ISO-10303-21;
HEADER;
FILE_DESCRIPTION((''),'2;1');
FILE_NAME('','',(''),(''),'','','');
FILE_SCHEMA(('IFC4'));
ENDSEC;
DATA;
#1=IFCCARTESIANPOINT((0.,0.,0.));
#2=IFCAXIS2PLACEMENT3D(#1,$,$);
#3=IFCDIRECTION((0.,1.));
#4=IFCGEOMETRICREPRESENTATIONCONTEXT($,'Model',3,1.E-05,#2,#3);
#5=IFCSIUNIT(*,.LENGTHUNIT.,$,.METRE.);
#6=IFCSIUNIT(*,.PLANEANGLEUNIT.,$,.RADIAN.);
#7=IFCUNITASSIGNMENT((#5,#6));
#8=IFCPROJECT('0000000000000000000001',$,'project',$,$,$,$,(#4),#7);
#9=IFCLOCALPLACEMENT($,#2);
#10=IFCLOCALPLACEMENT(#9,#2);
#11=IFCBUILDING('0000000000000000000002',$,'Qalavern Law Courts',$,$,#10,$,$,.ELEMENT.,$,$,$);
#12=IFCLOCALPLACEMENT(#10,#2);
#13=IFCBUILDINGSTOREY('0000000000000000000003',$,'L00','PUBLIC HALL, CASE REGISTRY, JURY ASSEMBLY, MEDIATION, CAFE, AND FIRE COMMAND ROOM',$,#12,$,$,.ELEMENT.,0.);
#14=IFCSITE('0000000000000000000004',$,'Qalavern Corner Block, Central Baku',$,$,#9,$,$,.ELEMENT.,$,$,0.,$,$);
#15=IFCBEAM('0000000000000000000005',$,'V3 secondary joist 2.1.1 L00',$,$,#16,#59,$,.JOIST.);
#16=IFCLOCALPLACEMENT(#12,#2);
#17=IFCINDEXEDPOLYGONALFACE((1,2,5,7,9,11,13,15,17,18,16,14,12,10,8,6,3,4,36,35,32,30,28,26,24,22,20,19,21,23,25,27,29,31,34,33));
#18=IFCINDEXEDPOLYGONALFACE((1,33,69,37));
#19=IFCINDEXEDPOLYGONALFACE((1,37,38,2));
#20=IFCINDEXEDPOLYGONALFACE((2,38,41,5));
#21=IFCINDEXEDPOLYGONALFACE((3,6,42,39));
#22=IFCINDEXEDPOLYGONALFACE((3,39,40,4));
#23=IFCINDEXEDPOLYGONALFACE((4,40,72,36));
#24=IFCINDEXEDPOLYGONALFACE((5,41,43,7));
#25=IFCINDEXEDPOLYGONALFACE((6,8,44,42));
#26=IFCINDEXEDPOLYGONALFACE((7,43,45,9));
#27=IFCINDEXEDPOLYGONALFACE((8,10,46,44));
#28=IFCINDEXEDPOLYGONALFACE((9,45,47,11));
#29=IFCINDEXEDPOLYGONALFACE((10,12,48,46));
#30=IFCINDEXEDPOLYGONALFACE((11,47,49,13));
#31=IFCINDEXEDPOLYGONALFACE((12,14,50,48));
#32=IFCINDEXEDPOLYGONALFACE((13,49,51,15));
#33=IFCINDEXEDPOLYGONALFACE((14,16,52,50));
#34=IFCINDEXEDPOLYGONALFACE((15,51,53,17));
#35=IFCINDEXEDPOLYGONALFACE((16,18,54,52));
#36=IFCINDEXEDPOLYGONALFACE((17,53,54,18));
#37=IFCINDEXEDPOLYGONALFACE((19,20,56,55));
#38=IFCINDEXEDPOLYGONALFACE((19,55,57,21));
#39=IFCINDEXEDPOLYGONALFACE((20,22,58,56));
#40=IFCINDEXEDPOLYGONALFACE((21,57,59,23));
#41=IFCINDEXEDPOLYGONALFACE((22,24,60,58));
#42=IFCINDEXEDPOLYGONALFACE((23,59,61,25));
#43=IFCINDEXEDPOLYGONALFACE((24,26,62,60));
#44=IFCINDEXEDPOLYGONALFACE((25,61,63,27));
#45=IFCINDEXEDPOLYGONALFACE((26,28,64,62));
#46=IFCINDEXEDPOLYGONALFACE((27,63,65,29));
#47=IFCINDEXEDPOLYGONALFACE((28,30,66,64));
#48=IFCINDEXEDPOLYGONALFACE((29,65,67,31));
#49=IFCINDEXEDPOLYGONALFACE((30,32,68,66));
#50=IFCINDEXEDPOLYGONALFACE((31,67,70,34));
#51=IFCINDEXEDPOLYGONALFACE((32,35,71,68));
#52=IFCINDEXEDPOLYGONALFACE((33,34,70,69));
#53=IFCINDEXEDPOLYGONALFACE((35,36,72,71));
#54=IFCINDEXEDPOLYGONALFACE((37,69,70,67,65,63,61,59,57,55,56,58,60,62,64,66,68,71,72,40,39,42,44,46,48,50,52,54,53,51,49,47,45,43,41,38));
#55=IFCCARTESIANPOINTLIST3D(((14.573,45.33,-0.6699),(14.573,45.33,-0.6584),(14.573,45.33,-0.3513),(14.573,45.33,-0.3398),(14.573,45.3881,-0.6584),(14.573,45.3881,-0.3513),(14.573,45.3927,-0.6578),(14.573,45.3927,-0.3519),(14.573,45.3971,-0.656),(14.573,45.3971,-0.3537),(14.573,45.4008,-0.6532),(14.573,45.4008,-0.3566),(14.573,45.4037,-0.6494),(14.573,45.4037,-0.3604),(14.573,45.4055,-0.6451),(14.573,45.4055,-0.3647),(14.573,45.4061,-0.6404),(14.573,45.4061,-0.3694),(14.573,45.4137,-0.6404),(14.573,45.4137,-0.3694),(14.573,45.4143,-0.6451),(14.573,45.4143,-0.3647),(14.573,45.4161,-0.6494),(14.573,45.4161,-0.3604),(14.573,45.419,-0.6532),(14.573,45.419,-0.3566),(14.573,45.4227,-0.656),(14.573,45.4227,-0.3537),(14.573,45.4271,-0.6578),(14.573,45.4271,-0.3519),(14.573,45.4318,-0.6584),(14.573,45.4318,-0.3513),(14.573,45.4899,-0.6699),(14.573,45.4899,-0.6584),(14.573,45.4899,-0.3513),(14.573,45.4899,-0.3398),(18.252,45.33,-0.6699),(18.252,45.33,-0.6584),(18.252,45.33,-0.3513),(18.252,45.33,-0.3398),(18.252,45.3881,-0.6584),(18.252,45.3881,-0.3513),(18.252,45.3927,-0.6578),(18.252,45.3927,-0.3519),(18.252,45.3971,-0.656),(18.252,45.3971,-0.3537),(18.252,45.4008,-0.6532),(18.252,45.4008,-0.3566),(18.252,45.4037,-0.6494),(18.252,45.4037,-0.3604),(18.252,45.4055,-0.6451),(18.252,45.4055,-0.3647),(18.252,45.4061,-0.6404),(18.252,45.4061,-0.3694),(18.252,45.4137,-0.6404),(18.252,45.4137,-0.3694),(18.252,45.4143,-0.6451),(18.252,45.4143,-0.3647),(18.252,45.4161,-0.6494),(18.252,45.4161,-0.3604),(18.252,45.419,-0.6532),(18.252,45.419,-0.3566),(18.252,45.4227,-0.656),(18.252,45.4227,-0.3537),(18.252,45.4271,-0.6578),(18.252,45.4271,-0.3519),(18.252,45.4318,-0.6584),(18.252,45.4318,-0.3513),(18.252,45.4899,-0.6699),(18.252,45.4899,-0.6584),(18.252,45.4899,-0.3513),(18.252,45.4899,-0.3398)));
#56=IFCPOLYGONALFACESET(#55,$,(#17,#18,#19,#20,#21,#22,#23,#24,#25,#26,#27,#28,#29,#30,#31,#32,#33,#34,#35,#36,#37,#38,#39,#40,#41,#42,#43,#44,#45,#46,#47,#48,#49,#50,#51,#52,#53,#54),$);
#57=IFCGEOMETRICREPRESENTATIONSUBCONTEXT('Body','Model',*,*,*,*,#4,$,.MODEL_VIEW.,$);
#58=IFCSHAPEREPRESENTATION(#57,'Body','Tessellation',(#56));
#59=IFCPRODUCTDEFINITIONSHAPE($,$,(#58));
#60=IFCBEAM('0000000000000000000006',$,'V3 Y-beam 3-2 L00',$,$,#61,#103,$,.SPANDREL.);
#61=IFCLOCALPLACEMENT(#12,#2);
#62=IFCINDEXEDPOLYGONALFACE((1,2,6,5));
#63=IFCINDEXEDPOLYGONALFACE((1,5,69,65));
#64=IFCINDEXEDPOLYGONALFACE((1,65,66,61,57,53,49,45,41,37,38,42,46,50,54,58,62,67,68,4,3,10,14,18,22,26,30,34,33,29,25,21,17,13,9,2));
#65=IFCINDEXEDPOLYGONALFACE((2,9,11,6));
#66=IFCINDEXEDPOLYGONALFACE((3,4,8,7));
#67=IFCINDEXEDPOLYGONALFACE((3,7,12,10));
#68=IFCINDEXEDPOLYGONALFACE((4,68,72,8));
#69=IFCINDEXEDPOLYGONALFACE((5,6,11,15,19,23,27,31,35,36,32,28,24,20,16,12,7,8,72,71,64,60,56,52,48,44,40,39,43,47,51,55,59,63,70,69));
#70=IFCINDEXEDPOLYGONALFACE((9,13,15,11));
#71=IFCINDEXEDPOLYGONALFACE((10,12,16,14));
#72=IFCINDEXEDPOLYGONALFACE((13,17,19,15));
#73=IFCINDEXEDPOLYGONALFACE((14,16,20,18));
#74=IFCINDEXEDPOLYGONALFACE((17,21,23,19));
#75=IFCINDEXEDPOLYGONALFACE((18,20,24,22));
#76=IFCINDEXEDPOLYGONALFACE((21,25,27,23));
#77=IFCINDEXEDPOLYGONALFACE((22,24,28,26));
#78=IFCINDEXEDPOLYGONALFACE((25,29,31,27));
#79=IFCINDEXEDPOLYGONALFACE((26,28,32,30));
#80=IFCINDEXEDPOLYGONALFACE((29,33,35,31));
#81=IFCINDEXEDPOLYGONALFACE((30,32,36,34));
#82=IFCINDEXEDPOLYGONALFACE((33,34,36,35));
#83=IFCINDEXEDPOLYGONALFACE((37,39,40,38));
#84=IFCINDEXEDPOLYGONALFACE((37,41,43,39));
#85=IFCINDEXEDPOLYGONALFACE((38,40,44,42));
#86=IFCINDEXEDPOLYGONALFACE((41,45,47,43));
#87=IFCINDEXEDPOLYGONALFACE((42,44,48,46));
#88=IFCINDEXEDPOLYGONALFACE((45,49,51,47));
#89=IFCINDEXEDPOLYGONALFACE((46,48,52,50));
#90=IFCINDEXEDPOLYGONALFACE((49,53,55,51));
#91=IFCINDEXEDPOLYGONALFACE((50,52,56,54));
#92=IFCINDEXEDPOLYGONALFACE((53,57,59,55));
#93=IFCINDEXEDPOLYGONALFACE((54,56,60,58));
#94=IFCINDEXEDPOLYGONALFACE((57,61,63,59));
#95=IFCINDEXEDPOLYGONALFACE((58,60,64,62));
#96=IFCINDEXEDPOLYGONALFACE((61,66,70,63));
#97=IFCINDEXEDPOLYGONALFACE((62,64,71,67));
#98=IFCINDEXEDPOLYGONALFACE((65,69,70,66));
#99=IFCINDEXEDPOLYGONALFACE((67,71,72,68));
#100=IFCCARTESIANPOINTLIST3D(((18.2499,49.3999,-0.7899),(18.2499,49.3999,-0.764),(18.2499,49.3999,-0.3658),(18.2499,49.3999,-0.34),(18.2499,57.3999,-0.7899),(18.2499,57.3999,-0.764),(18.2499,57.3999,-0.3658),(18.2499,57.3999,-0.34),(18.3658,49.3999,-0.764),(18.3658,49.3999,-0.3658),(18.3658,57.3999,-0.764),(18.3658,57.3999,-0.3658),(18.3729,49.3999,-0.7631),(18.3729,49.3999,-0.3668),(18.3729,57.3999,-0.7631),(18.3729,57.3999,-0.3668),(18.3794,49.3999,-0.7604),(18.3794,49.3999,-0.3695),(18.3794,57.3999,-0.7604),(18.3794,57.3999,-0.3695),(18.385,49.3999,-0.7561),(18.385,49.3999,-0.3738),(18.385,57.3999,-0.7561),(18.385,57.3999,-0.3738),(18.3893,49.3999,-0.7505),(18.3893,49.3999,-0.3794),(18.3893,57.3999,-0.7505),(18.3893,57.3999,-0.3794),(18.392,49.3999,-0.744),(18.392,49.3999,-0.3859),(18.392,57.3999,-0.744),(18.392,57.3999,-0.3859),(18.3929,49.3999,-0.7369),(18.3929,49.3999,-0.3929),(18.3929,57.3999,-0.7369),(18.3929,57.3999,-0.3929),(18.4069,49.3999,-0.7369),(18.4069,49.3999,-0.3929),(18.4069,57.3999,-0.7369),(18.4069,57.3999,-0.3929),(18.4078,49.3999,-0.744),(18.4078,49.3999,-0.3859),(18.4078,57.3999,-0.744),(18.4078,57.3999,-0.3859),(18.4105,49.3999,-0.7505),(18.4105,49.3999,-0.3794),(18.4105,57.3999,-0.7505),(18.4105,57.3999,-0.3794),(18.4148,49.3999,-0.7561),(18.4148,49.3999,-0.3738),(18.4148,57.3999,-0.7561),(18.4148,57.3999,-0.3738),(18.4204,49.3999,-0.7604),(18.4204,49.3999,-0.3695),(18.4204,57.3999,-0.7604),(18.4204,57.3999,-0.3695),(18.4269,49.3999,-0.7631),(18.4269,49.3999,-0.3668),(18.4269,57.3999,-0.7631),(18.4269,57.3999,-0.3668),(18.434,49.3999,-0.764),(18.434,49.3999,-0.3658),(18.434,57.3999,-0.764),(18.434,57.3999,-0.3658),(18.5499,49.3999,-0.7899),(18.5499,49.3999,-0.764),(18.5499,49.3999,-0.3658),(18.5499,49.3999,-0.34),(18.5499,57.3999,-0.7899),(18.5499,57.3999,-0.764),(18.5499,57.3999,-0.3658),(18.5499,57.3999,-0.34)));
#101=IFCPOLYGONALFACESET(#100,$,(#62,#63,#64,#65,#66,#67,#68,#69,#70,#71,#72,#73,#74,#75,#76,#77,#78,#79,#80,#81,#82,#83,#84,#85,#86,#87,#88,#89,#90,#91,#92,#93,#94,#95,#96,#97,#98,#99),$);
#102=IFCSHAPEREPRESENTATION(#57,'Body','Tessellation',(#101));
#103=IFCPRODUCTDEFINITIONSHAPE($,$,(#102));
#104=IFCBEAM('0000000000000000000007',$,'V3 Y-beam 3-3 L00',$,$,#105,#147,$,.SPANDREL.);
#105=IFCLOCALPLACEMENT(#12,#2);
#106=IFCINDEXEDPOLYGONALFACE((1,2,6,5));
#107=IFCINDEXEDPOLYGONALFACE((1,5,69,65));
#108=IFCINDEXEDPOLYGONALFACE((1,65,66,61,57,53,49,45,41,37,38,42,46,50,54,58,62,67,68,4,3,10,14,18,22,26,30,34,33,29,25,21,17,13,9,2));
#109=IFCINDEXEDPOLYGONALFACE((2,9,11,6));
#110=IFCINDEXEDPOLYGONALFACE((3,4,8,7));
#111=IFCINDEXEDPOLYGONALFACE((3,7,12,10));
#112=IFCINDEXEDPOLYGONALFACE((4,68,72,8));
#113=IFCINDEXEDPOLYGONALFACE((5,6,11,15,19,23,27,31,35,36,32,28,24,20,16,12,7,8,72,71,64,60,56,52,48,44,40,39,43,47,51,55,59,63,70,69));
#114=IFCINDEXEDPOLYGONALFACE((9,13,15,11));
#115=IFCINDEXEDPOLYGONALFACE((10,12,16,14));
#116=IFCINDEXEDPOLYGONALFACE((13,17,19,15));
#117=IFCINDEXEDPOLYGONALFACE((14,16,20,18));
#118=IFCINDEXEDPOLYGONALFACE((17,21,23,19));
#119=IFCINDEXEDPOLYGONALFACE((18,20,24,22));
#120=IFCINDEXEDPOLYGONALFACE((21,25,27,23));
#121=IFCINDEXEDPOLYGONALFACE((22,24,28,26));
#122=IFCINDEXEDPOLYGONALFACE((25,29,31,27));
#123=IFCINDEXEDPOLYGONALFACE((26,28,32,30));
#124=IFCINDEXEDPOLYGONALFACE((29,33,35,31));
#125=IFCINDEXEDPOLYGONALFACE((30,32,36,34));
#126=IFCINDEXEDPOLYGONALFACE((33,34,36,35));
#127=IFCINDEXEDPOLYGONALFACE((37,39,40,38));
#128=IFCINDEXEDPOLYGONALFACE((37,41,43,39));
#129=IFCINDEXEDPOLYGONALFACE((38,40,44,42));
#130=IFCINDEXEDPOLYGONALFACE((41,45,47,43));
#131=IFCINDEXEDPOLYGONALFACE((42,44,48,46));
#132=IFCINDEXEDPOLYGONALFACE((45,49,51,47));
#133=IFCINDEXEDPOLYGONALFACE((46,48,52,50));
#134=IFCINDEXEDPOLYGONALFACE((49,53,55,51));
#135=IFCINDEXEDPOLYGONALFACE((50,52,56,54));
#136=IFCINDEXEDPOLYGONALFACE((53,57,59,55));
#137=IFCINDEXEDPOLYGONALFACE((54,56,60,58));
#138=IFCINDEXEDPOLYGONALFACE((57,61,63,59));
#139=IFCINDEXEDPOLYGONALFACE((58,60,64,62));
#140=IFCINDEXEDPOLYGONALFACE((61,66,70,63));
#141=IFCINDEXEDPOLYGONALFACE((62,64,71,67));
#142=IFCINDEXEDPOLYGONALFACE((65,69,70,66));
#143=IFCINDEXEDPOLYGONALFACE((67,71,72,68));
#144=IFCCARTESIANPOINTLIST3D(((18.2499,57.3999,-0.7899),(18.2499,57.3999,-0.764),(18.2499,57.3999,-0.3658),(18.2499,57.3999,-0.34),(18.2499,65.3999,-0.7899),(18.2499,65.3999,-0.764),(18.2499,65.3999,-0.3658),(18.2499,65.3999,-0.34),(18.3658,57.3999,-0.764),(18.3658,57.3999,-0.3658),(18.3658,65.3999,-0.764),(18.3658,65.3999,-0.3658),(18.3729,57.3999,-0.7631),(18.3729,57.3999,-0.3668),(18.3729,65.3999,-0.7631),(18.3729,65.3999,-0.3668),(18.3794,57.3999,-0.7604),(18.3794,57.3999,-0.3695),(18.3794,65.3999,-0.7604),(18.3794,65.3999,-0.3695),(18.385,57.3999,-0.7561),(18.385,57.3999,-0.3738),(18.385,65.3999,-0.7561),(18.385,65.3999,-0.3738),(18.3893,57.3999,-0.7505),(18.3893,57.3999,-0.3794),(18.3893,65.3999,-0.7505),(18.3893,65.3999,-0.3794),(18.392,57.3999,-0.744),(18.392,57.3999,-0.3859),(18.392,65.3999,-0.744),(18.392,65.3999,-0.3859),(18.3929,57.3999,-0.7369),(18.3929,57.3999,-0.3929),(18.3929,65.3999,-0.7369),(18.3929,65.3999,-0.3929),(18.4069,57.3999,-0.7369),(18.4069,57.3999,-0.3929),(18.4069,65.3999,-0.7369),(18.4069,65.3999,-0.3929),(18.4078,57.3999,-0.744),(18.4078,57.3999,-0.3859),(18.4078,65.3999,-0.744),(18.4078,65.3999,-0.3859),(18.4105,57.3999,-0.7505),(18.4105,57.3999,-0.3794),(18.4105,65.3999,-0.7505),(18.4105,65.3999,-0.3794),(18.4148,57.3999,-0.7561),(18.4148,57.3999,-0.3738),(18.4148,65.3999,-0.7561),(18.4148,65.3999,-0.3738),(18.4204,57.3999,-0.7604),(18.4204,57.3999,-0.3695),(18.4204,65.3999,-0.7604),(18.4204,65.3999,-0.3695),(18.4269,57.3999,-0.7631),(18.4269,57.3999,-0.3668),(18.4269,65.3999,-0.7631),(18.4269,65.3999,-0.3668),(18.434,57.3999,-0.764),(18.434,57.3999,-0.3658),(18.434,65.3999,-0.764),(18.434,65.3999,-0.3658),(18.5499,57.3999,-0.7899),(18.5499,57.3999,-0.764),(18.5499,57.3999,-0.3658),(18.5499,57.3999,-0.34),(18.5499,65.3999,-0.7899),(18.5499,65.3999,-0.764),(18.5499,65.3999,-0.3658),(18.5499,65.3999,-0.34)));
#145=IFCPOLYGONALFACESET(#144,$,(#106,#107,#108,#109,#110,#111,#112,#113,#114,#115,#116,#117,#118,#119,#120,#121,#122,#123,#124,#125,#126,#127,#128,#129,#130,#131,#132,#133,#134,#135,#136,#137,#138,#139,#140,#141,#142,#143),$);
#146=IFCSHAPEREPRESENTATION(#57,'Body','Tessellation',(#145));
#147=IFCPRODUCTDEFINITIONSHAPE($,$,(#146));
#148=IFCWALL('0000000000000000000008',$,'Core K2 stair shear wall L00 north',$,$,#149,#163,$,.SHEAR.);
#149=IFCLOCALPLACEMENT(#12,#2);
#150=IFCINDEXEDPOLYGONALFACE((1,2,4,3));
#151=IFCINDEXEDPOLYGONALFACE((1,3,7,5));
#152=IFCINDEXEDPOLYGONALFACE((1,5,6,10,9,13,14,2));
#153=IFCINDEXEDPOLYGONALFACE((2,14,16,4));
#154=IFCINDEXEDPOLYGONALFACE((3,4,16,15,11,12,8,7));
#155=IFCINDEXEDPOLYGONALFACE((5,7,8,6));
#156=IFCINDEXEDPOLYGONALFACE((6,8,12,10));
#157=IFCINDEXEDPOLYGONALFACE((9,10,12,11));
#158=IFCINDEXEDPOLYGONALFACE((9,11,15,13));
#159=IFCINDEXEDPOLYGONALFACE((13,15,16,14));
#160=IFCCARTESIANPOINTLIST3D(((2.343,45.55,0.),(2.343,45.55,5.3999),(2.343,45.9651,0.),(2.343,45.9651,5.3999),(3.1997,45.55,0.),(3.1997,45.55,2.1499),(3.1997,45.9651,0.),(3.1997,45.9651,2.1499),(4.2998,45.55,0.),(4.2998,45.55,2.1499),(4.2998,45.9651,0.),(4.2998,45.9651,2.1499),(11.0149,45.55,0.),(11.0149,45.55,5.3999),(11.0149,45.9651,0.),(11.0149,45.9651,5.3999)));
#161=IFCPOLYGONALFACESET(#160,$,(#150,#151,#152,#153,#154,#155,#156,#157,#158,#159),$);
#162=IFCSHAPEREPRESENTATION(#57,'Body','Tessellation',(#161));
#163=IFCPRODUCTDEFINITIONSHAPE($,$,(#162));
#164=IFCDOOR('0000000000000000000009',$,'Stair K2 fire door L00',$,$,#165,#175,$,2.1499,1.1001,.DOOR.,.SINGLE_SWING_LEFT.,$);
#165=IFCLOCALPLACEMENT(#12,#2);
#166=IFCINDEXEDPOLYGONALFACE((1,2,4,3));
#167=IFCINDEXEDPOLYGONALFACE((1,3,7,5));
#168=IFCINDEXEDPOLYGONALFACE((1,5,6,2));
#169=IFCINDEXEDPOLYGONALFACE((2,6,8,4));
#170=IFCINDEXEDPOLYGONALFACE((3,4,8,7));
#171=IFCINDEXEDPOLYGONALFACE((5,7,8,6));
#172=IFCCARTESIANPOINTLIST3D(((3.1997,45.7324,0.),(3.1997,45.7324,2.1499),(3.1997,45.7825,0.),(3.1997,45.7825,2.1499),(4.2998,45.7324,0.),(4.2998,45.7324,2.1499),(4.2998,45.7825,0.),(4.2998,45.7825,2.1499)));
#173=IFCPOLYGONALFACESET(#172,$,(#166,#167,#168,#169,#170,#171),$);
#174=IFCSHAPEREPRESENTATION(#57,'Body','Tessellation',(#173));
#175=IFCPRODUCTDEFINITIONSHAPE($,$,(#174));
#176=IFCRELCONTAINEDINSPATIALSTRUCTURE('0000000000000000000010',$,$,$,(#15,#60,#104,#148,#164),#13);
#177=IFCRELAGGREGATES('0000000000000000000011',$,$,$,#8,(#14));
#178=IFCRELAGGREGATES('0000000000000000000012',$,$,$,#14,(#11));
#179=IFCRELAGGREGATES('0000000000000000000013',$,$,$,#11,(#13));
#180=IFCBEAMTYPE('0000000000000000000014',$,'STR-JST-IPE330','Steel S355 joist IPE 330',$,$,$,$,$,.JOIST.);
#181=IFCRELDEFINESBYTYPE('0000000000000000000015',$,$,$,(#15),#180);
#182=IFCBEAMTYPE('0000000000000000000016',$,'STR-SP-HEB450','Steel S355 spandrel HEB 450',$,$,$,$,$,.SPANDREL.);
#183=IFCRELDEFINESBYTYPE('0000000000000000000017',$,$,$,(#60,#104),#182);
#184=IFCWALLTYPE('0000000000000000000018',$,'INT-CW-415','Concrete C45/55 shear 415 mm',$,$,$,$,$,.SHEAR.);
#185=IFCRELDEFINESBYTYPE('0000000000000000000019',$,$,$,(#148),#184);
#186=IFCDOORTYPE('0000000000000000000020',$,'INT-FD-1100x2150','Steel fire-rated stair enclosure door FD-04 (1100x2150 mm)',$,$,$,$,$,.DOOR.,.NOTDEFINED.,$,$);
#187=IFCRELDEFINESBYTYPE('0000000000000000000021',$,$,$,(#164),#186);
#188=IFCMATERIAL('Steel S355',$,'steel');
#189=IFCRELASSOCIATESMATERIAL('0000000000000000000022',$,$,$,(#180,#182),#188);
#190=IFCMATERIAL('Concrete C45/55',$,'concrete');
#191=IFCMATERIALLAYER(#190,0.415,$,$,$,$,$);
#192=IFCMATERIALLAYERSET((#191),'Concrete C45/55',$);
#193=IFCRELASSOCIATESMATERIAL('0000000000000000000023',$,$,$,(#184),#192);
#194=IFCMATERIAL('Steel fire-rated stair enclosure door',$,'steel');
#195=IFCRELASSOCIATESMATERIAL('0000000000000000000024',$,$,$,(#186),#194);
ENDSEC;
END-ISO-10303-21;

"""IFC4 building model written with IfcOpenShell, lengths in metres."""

from ifc_helpers import new_model, si_unit, direction, frame, frame_2d, origin, origin_2d, place, context, subcontext, project, spatial, rectangle, i_section, extrude, material, layer, layer_set, material_profile, profile_set, type_object, element, fill, save


model = new_model("IFC4")

# Units and contexts
model_context = context("Model", 3, precision=1e-05, world=origin(), true_north=direction((0.0, 1.0)))
body_context = subcontext(model_context, "Body", "Model", "MODEL_VIEW")
ifc_project = project(units=[si_unit("LENGTHUNIT", "METRE"), si_unit("PLANEANGLEUNIT", "RADIAN")], contexts=[model_context])

# Site, building, storey
site_placement = place(None, origin())
site = spatial("IfcSite", under=ifc_project, at=site_placement, Name="Qalavern Corner Block, Central Baku", CompositionType="ELEMENT", RefElevation=0.0)
building_placement = place(site_placement, origin())
building = spatial("IfcBuilding", under=site, at=building_placement, Name="Qalavern Law Courts", CompositionType="ELEMENT")
storey_placement = place(building_placement, origin())
storey = spatial("IfcBuildingStorey", under=building, at=storey_placement, Name="L00", Description="PUBLIC HALL, CASE REGISTRY, JURY ASSEMBLY, MEDIATION, CAFE, AND FIRE COMMAND ROOM", CompositionType="ELEMENT", Elevation=0.0)

# Shared definitions
ifc_material_1 = material(Name="Concrete C45/55", Category="concrete")

# Beams
ifc_material_2 = material(Name="Steel S355", Category="steel")
ifc_material_profile_1 = material_profile(ifc_material_2, i_section(OverallWidth=0.1599, OverallDepth=0.3301, WebThickness=0.0076, FlangeThickness=0.0115, FilletRadius=0.0181, at=origin_2d()), Name="IPE 330")
ifc_profile_set_1 = profile_set([ifc_material_profile_1], Name="Steel S355")
beam_type_1 = type_object("IfcBeamType", Name="STR-JST-IPE330", Description="Steel S355 joist IPE 330", PredefinedType="JOIST", material=ifc_profile_set_1)
beam_1_placement = place(storey_placement, frame((14.573, 45.4099, -0.5049), z_axis=(1.0, 0.0, 0.0), x_axis=(0.0, 1.0, 0.0)))
element("IfcBeam", 1, at=beam_1_placement, inside=storey, type_object=beam_type_1, Name="V3 secondary joist 2.1.1 L00", PredefinedType="JOIST", context=body_context, shape_type="SweptSolid", body=[
    extrude(i_section(OverallWidth=0.1599, OverallDepth=0.3301, WebThickness=0.0076, FlangeThickness=0.0115, FilletRadius=0.0181, at=origin_2d()), origin(), (0.0, 0.0, 1.0), 3.679),
])
ifc_material_profile_2 = material_profile(ifc_material_2, i_section(OverallWidth=0.3, OverallDepth=0.45, WebThickness=0.0139, FlangeThickness=0.0259, FilletRadius=0.0271, at=origin_2d()), Name="HEB 450")
ifc_profile_set_2 = profile_set([ifc_material_profile_2], Name="Steel S355")
beam_type_2 = type_object("IfcBeamType", Name="STR-SP-HEB450", Description="Steel S355 spandrel HEB 450", PredefinedType="SPANDREL", material=ifc_profile_set_2)
for number, where, z_axis, x_axis, name in (
    (2, (18.3999, 49.3999, -0.5649), (0.0, 1.0, 0.0), (-1.0, 0.0, 0.0), "V3 Y-beam 3-2 L00"),
    (3, (18.3999, 57.3999, -0.5649), (0.0, 1.0, 0.0), (-1.0, 0.0, 0.0), "V3 Y-beam 3-3 L00"),
):
    element("IfcBeam", number, at=place(storey_placement, frame(where, z_axis=z_axis, x_axis=x_axis)), inside=storey, type_object=beam_type_2, Name=name, PredefinedType="SPANDREL", context=body_context, shape_type="SweptSolid", body=[
        extrude(i_section(OverallWidth=0.3, OverallDepth=0.45, WebThickness=0.0139, FlangeThickness=0.0259, FilletRadius=0.0271, at=origin_2d()), origin(), (0.0, 0.0, 1.0), 8.0),
    ])

# Wall, opening, door
ifc_layer_1 = layer(ifc_material_1, 0.415)
ifc_layer_set_1 = layer_set([ifc_layer_1], Name="Concrete C45/55")
wall_type_1 = type_object("IfcWallType", Name="INT-CW-415", Description="Concrete C45/55 shear 415 mm", PredefinedType="SHEAR", material=ifc_layer_set_1)
wall_1_placement = place(storey_placement, frame((11.0149, 45.7576, 0.0), z_axis=(0.0, 0.0, 1.0), x_axis=(-1.0, 0.0, 0.0)))
wall_1 = element("IfcWall", 4, at=wall_1_placement, inside=storey, type_object=wall_type_1, Name="Core K2 stair shear wall L00 north", PredefinedType="SHEAR", context=body_context, shape_type="SweptSolid", body=[
    extrude(rectangle(XDim=8.6719, YDim=0.415, at=frame_2d((4.3359, 0.0))), origin(), (0.0, 0.0, 1.0), 5.3999),
])
opening_1_placement = place(wall_1_placement, frame((6.7151, 0.0, 0.0)))
opening_1 = element("IfcOpeningElement", 5, at=opening_1_placement, cuts=wall_1, PredefinedType="OPENING", context=body_context, shape_type="SweptSolid", body=[
    extrude(rectangle(XDim=1.1001, YDim=2.1499, at=frame_2d((0.55, 1.075))), frame((0.0, 0.2224, 0.0), z_axis=(0.0, -1.0, 0.0), x_axis=(1.0, 0.0, 0.0)), (0.0, 0.0, 1.0), 0.4448),
])
ifc_material_3 = material(Name="Steel fire-rated stair enclosure door", Category="steel")
door_type_1 = type_object("IfcDoorType", Name="INT-FD-1100x2150", Description="Steel fire-rated stair enclosure door FD-04 (1100x2150 mm)", OperationType="NOTDEFINED", PredefinedType="DOOR", material=ifc_material_3)
door_1_placement = place(opening_1_placement, frame((1.1001, 0.0, 0.0), z_axis=(0.0, 0.0, 1.0), x_axis=(-1.0, 0.0, 0.0)))
door_1 = element("IfcDoor", 6, at=door_1_placement, inside=storey, type_object=door_type_1, Name="Stair K2 fire door L00", OperationType="SINGLE_SWING_LEFT", OverallHeight=2.1499, OverallWidth=1.1001, PredefinedType="DOOR", context=body_context, shape_type="SweptSolid", body=[
    extrude(rectangle(XDim=1.1001, YDim=2.1499, at=frame_2d((0.55, 1.075))), frame((0.0, 0.0249, 0.0), z_axis=(0.0, -1.0, 0.0), x_axis=(1.0, 0.0, 0.0)), (0.0, 0.0, 1.0), 0.05),
])
fill(opening_1, door_1)

save(model, "model.ifc")
